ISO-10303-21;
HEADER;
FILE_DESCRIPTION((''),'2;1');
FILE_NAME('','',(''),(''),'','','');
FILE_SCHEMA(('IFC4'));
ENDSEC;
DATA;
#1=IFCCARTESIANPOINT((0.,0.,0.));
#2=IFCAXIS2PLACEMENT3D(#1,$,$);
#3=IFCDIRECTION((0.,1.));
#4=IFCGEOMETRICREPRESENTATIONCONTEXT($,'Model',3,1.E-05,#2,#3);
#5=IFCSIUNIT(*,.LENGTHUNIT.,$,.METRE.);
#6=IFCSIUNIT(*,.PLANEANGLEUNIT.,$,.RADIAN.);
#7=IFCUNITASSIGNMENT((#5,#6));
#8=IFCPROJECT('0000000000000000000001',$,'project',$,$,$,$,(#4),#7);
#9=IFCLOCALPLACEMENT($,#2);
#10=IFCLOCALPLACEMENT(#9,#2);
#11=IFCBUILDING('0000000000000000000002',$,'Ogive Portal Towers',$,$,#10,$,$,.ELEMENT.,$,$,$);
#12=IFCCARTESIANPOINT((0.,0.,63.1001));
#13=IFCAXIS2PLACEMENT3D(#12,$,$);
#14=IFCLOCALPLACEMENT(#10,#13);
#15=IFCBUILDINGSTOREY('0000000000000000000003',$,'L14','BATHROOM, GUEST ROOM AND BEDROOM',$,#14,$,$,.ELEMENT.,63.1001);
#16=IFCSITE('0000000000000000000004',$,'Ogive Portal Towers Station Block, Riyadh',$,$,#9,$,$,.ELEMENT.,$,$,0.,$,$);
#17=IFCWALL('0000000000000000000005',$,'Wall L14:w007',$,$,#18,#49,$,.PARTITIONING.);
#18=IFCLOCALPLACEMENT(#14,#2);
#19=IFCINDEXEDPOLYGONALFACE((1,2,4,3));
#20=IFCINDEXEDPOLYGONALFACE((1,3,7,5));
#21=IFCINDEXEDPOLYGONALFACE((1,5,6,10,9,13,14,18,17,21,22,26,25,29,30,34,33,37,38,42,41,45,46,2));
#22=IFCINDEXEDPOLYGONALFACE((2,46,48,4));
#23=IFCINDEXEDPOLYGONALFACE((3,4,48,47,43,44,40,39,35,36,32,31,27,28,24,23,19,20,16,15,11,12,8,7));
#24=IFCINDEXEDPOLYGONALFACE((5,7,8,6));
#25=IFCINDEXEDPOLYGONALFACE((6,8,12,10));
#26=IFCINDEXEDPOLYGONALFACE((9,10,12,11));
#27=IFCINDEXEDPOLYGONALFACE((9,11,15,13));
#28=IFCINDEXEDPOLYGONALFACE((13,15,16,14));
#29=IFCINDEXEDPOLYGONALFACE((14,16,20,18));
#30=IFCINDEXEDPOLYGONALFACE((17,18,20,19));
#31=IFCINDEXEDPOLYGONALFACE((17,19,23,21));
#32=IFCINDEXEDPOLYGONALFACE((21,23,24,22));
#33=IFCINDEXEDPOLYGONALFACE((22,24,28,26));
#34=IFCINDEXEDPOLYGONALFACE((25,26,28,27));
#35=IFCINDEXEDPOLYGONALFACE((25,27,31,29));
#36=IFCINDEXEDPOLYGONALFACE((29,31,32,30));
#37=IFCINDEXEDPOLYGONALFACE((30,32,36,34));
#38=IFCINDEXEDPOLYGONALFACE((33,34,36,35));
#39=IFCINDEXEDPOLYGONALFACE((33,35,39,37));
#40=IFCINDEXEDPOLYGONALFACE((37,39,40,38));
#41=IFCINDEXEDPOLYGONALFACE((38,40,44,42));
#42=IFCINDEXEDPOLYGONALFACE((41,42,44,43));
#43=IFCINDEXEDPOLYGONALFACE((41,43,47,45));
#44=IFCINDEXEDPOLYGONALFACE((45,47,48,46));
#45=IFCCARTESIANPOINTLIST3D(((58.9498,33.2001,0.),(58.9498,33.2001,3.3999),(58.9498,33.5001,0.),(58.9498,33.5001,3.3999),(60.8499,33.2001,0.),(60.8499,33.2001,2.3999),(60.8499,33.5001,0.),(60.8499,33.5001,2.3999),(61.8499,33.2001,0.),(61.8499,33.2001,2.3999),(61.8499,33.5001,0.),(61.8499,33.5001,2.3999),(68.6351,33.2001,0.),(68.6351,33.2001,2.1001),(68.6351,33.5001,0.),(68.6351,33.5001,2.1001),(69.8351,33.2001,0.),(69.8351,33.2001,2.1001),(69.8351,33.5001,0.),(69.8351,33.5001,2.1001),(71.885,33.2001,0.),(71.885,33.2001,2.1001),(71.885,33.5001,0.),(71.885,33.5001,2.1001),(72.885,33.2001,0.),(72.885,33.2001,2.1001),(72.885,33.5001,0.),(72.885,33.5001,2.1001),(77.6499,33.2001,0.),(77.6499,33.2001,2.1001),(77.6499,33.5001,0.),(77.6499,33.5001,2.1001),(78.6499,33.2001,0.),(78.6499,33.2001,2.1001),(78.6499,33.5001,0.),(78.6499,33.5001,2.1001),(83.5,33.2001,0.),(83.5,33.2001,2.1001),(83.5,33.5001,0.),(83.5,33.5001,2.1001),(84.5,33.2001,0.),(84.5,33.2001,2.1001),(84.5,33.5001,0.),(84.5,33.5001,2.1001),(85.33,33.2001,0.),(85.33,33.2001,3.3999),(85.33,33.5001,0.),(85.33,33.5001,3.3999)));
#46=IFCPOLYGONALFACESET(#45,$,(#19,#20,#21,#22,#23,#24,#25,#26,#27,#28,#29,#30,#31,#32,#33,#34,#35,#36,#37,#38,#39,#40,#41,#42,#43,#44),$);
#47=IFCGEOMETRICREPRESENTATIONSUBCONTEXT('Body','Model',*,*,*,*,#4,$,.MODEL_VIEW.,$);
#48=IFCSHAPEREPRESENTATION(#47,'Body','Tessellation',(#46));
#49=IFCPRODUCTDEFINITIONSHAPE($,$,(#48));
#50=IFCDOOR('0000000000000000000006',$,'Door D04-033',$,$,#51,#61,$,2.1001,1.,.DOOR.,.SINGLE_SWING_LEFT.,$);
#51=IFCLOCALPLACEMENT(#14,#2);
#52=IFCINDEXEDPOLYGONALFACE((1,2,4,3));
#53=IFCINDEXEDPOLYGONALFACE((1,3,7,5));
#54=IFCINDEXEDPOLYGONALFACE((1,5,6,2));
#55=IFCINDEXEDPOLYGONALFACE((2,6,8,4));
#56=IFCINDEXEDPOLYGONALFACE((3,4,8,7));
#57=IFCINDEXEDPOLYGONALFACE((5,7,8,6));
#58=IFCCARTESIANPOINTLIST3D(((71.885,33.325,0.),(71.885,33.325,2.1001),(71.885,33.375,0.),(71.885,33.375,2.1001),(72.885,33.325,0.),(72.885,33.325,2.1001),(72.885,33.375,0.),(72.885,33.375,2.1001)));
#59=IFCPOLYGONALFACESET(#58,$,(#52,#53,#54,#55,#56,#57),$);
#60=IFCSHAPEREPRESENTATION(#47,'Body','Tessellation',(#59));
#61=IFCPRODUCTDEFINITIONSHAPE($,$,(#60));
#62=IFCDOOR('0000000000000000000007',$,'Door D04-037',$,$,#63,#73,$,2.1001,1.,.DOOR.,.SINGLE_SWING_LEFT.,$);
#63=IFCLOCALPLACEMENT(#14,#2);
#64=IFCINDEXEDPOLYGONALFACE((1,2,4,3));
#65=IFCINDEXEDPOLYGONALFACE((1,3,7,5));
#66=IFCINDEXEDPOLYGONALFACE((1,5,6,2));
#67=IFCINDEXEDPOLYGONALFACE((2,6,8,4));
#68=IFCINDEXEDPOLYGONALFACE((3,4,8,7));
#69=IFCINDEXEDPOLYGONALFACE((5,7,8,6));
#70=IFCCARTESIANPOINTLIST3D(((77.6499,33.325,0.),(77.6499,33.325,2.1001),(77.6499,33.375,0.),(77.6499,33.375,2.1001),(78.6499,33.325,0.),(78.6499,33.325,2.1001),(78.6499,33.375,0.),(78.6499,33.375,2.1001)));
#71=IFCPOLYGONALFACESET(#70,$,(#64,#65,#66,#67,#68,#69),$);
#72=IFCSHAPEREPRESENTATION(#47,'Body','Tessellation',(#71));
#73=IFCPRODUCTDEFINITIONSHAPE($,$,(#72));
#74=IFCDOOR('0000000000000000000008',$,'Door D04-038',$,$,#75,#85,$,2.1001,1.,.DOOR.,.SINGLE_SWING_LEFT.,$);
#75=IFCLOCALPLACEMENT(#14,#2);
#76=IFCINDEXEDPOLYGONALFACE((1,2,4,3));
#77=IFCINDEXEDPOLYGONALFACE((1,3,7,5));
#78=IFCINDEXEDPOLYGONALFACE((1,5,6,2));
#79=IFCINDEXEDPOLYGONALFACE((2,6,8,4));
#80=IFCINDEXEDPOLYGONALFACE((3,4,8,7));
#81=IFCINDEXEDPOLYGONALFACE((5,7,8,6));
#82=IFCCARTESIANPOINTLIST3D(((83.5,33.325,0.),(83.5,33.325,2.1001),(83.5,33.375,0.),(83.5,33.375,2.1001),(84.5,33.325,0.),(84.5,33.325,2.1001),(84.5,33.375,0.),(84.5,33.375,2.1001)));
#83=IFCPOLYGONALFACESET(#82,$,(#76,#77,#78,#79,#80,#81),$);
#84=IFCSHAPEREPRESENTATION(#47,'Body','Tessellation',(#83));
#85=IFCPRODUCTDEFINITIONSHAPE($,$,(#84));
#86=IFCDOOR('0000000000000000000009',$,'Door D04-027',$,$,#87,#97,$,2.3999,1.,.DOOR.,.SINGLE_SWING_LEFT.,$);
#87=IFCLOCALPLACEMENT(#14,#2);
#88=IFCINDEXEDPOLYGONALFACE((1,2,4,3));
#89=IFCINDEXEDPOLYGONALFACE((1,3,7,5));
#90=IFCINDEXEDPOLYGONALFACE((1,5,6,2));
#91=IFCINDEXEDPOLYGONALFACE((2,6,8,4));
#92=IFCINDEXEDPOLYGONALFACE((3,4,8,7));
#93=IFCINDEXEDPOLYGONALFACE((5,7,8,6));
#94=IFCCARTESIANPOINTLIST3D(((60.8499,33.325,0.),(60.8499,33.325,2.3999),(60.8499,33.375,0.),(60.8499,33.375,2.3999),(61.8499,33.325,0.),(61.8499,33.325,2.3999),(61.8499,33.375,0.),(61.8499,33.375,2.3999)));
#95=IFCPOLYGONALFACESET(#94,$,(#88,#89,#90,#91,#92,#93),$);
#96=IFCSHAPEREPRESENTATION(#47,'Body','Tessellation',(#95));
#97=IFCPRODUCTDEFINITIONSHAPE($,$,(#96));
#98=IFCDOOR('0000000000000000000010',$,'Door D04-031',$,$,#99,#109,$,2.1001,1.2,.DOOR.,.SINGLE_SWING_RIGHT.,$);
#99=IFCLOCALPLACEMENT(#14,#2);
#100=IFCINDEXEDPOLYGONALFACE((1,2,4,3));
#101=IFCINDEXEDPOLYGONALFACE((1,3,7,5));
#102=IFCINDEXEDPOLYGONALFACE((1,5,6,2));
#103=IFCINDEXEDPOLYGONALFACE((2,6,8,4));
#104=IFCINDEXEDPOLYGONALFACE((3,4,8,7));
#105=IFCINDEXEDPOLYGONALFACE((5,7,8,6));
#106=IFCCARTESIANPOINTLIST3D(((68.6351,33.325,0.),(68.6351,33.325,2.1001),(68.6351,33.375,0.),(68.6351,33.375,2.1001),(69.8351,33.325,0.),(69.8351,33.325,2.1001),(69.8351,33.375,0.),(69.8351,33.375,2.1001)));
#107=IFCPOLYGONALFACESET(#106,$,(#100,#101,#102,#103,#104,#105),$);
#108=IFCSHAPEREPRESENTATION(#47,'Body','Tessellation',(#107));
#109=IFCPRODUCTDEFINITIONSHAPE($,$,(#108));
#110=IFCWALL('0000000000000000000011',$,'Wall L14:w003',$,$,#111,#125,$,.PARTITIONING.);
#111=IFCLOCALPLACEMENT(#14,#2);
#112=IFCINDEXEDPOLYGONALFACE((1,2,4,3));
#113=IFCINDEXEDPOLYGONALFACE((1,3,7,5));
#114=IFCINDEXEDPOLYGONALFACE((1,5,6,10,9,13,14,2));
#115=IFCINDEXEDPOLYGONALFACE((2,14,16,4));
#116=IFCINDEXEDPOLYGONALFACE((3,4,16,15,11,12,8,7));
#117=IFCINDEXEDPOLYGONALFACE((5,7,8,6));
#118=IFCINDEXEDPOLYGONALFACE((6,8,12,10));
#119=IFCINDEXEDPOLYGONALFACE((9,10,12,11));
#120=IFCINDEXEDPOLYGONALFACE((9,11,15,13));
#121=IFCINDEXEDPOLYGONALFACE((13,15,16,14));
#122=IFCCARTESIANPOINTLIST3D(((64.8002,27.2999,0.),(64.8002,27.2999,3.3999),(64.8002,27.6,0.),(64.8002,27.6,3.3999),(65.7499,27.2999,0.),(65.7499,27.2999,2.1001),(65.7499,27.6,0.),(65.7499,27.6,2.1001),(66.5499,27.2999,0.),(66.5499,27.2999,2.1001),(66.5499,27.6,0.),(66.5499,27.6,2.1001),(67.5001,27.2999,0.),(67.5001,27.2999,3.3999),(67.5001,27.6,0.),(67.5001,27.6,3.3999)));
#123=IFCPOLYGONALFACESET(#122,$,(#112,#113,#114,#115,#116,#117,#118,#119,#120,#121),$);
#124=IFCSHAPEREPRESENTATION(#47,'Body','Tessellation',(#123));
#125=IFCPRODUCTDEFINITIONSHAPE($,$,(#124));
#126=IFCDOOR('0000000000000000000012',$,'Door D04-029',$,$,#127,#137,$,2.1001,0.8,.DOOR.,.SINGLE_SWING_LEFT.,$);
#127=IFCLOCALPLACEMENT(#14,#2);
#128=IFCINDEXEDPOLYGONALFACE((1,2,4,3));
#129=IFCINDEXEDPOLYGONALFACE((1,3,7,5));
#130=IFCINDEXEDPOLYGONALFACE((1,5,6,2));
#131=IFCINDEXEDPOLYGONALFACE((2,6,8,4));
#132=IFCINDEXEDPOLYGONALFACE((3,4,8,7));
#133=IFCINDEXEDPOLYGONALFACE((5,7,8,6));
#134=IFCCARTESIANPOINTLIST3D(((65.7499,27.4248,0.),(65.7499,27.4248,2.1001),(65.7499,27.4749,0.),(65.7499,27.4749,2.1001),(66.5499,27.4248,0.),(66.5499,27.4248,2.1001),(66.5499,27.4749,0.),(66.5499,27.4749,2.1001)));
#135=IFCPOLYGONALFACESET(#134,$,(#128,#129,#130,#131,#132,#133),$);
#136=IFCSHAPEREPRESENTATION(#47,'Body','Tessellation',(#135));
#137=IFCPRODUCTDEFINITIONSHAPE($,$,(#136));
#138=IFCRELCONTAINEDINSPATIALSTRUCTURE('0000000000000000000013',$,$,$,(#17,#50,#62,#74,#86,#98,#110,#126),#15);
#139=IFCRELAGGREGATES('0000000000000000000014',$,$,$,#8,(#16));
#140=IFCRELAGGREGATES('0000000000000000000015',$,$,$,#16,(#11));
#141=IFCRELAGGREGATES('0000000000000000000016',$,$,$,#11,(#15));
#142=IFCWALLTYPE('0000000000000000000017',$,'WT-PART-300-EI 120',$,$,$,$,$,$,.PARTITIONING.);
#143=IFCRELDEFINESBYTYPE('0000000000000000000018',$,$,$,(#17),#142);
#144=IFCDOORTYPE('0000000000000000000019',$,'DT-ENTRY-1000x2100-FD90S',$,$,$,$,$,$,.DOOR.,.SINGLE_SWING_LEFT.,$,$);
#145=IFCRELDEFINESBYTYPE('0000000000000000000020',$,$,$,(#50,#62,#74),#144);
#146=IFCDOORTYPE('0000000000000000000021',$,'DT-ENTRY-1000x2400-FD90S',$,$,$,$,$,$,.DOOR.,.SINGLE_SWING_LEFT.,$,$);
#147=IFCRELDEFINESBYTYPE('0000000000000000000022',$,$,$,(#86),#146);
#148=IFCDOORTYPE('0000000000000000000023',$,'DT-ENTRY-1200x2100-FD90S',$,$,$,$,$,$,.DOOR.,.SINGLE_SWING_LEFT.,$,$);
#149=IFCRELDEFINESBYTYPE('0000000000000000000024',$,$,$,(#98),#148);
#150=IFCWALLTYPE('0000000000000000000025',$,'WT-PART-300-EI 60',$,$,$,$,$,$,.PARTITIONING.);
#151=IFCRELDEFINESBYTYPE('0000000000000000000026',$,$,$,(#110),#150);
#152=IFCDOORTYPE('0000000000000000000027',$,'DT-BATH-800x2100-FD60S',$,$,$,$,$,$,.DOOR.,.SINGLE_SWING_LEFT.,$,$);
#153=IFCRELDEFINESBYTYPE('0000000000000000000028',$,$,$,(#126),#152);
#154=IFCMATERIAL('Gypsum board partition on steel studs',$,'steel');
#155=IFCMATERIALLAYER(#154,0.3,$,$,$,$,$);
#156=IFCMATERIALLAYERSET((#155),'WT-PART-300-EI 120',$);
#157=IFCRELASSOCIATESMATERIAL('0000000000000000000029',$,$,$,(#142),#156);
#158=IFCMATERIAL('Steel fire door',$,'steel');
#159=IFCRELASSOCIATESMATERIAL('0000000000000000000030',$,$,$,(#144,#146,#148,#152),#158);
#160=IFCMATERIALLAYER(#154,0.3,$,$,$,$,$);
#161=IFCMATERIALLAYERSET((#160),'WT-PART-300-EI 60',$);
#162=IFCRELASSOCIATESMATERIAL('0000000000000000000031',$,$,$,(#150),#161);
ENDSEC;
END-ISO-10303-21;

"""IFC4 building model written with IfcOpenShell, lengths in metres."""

from ifc_helpers import new_model, si_unit, direction, frame, frame_2d, origin, place, context, subcontext, project, spatial, rectangle, extrude, material, layer, layer_set, type_object, element, fill, save


model = new_model("IFC4")

# Units and contexts
model_context = context("Model", 3, precision=1e-05, world=origin(), true_north=direction((0.0, 1.0)))
body_context = subcontext(model_context, "Body", "Model", "MODEL_VIEW")
ifc_project = project(units=[si_unit("LENGTHUNIT", "METRE"), si_unit("PLANEANGLEUNIT", "RADIAN")], contexts=[model_context])

# Site, building, storey
site_placement = place(None, origin())
site = spatial("IfcSite", under=ifc_project, at=site_placement, Name="Ogive Portal Towers Station Block, Riyadh", CompositionType="ELEMENT", RefElevation=0.0)
building_placement = place(site_placement, origin())
building = spatial("IfcBuilding", under=site, at=building_placement, Name="Ogive Portal Towers", CompositionType="ELEMENT")
storey_placement = place(building_placement, frame((0.0, 0.0, 63.1001)))
storey = spatial("IfcBuildingStorey", under=building, at=storey_placement, Name="L14", Description="BATHROOM, GUEST ROOM AND BEDROOM", CompositionType="ELEMENT", Elevation=63.1001)

# Wall, openings, doors
ifc_material_1 = material(Name="Gypsum board partition on steel studs", Category="steel")
ifc_layer_1 = layer(ifc_material_1, 0.3)
ifc_layer_set_1 = layer_set([ifc_layer_1], Name="WT-PART-300-EI 120")
wall_type_1 = type_object("IfcWallType", Name="WT-PART-300-EI 120", PredefinedType="PARTITIONING", material=ifc_layer_set_1)
ifc_material_2 = material(Name="Steel fire door", Category="steel")
door_type_1 = type_object("IfcDoorType", Name="DT-ENTRY-1000x2100-FD90S", OperationType="SINGLE_SWING_LEFT", PredefinedType="DOOR", material=ifc_material_2)
door_type_2 = type_object("IfcDoorType", Name="DT-ENTRY-1000x2400-FD90S", OperationType="SINGLE_SWING_LEFT", PredefinedType="DOOR", material=ifc_material_2)
door_type_3 = type_object("IfcDoorType", Name="DT-ENTRY-1200x2100-FD90S", OperationType="SINGLE_SWING_LEFT", PredefinedType="DOOR", material=ifc_material_2)
wall_1_placement = place(storey_placement, frame((58.95, 33.3501, 0.0), z_axis=(0.0, 0.0, 1.0), x_axis=(1.0, 0.0, 0.0)))
wall_1 = element("IfcWall", 1, at=wall_1_placement, inside=storey, type_object=wall_type_1, Name="Wall L14:w007", PredefinedType="PARTITIONING", context=body_context, shape_type="SweptSolid", body=[
    extrude(rectangle(XDim=26.3801, YDim=0.3, at=frame_2d((13.1899, 0.0))), origin(), (0.0, 0.0, 1.0), 3.3999),
])
opening_1_placement = place(wall_1_placement, frame((1.8999, 0.0, 0.0)))
opening_1 = element("IfcOpeningElement", 2, at=opening_1_placement, cuts=wall_1, PredefinedType="OPENING", context=body_context, shape_type="SweptSolid", body=[
    extrude(rectangle(XDim=1.0, YDim=2.3999, at=frame_2d((0.5, 1.2))), frame((0.0, 0.1602, 0.0), z_axis=(0.0, -1.0, 0.0), x_axis=(1.0, 0.0, 0.0)), (0.0, 0.0, 1.0), 0.3201),
])
opening_2_placement = place(wall_1_placement, frame((9.6851, 0.0, 0.0)))
opening_2 = element("IfcOpeningElement", 3, at=opening_2_placement, cuts=wall_1, PredefinedType="OPENING", context=body_context, shape_type="SweptSolid", body=[
    extrude(rectangle(XDim=1.2, YDim=2.1001, at=frame_2d((0.6001, 1.05))), frame((0.0, 0.1602, 0.0), z_axis=(0.0, -1.0, 0.0), x_axis=(1.0, 0.0, 0.0)), (0.0, 0.0, 1.0), 0.3201),
])
opening_3_placement = place(wall_1_placement, frame((12.9351, 0.0, 0.0)))
opening_3 = element("IfcOpeningElement", 4, at=opening_3_placement, cuts=wall_1, PredefinedType="OPENING", context=body_context, shape_type="SweptSolid", body=[
    extrude(rectangle(XDim=1.0, YDim=2.1001, at=frame_2d((0.5, 1.05))), frame((0.0, 0.1602, 0.0), z_axis=(0.0, -1.0, 0.0), x_axis=(1.0, 0.0, 0.0)), (0.0, 0.0, 1.0), 0.3201),
])
opening_4_placement = place(wall_1_placement, frame((18.7, 0.0, 0.0)))
opening_4 = element("IfcOpeningElement", 5, at=opening_4_placement, cuts=wall_1, PredefinedType="OPENING", context=body_context, shape_type="SweptSolid", body=[
    extrude(rectangle(XDim=1.0, YDim=2.1001, at=frame_2d((0.5, 1.05))), frame((0.0, 0.1602, 0.0), z_axis=(0.0, -1.0, 0.0), x_axis=(1.0, 0.0, 0.0)), (0.0, 0.0, 1.0), 0.3201),
])
opening_5_placement = place(wall_1_placement, frame((24.55, 0.0, 0.0)))
opening_5 = element("IfcOpeningElement", 6, at=opening_5_placement, cuts=wall_1, PredefinedType="OPENING", context=body_context, shape_type="SweptSolid", body=[
    extrude(rectangle(XDim=1.0, YDim=2.1001, at=frame_2d((0.5, 1.05))), frame((0.0, 0.1602, 0.0), z_axis=(0.0, -1.0, 0.0), x_axis=(1.0, 0.0, 0.0)), (0.0, 0.0, 1.0), 0.3201),
])
door_1_placement = place(opening_3_placement, origin())
door_1 = element("IfcDoor", 7, at=door_1_placement, inside=storey, type_object=door_type_1, Name="Door D04-033", OperationType="SINGLE_SWING_LEFT", OverallHeight=2.1001, OverallWidth=1.0, PredefinedType="DOOR", context=body_context, shape_type="SweptSolid", body=[
    extrude(rectangle(XDim=1.0, YDim=2.1001, at=frame_2d((0.5, 1.05))), frame((0.0, 0.0249, 0.0), z_axis=(0.0, -1.0, 0.0), x_axis=(1.0, 0.0, 0.0)), (0.0, 0.0, 1.0), 0.05),
])
fill(opening_3, door_1)
door_2_placement = place(opening_4_placement, origin())
door_2 = element("IfcDoor", 8, at=door_2_placement, inside=storey, type_object=door_type_1, Name="Door D04-037", OperationType="SINGLE_SWING_LEFT", OverallHeight=2.1001, OverallWidth=1.0, PredefinedType="DOOR", context=body_context, shape_type="SweptSolid", body=[
    extrude(rectangle(XDim=1.0, YDim=2.1001, at=frame_2d((0.5, 1.05))), frame((0.0, 0.0249, 0.0), z_axis=(0.0, -1.0, 0.0), x_axis=(1.0, 0.0, 0.0)), (0.0, 0.0, 1.0), 0.05),
])
fill(opening_4, door_2)
door_3_placement = place(opening_5_placement, origin())
door_3 = element("IfcDoor", 9, at=door_3_placement, inside=storey, type_object=door_type_1, Name="Door D04-038", OperationType="SINGLE_SWING_LEFT", OverallHeight=2.1001, OverallWidth=1.0, PredefinedType="DOOR", context=body_context, shape_type="SweptSolid", body=[
    extrude(rectangle(XDim=1.0, YDim=2.1001, at=frame_2d((0.5, 1.05))), frame((0.0, 0.0249, 0.0), z_axis=(0.0, -1.0, 0.0), x_axis=(1.0, 0.0, 0.0)), (0.0, 0.0, 1.0), 0.05),
])
fill(opening_5, door_3)
door_4_placement = place(opening_1_placement, origin())
door_4 = element("IfcDoor", 10, at=door_4_placement, inside=storey, type_object=door_type_2, Name="Door D04-027", OperationType="SINGLE_SWING_LEFT", OverallHeight=2.3999, OverallWidth=1.0, PredefinedType="DOOR", context=body_context, shape_type="SweptSolid", body=[
    extrude(rectangle(XDim=1.0, YDim=2.3999, at=frame_2d((0.5, 1.2))), frame((0.0, 0.0249, 0.0), z_axis=(0.0, -1.0, 0.0), x_axis=(1.0, 0.0, 0.0)), (0.0, 0.0, 1.0), 0.05),
])
fill(opening_1, door_4)
door_5_placement = place(opening_2_placement, origin())
door_5 = element("IfcDoor", 11, at=door_5_placement, inside=storey, type_object=door_type_3, Name="Door D04-031", OperationType="SINGLE_SWING_RIGHT", OverallHeight=2.1001, OverallWidth=1.2, PredefinedType="DOOR", context=body_context, shape_type="SweptSolid", body=[
    extrude(rectangle(XDim=1.2, YDim=2.1001, at=frame_2d((0.6001, 1.05))), frame((0.0, 0.0249, 0.0), z_axis=(0.0, -1.0, 0.0), x_axis=(1.0, 0.0, 0.0)), (0.0, 0.0, 1.0), 0.05),
])
fill(opening_2, door_5)

# Wall, opening, door
ifc_layer_2 = layer(ifc_material_1, 0.3)
ifc_layer_set_2 = layer_set([ifc_layer_2], Name="WT-PART-300-EI 60")
wall_type_2 = type_object("IfcWallType", Name="WT-PART-300-EI 60", PredefinedType="PARTITIONING", material=ifc_layer_set_2)
wall_2_placement = place(storey_placement, frame((64.8, 27.45, 0.0), z_axis=(0.0, 0.0, 1.0), x_axis=(1.0, 0.0, 0.0)))
wall_2 = element("IfcWall", 12, at=wall_2_placement, inside=storey, type_object=wall_type_2, Name="Wall L14:w003", PredefinedType="PARTITIONING", context=body_context, shape_type="SweptSolid", body=[
    extrude(rectangle(XDim=2.7, YDim=0.3, at=frame_2d((1.3501, 0.0))), origin(), (0.0, 0.0, 1.0), 3.3999),
])
opening_6_placement = place(wall_2_placement, frame((0.95, 0.0, 0.0)))
opening_6 = element("IfcOpeningElement", 13, at=opening_6_placement, cuts=wall_2, PredefinedType="OPENING", context=body_context, shape_type="SweptSolid", body=[
    extrude(rectangle(XDim=0.8, YDim=2.1001, at=frame_2d((0.3999, 1.05))), frame((0.0, 0.1602, 0.0), z_axis=(0.0, -1.0, 0.0), x_axis=(1.0, 0.0, 0.0)), (0.0, 0.0, 1.0), 0.3201),
])
door_type_4 = type_object("IfcDoorType", Name="DT-BATH-800x2100-FD60S", OperationType="SINGLE_SWING_LEFT", PredefinedType="DOOR", material=ifc_material_2)
door_6_placement = place(opening_6_placement, origin())
door_6 = element("IfcDoor", 14, at=door_6_placement, inside=storey, type_object=door_type_4, Name="Door D04-029", OperationType="SINGLE_SWING_LEFT", OverallHeight=2.1001, OverallWidth=0.8, PredefinedType="DOOR", context=body_context, shape_type="SweptSolid", body=[
    extrude(rectangle(XDim=0.8, YDim=2.1001, at=frame_2d((0.3999, 1.05))), frame((0.0, 0.0249, 0.0), z_axis=(0.0, -1.0, 0.0), x_axis=(1.0, 0.0, 0.0)), (0.0, 0.0, 1.0), 0.05),
])
fill(opening_6, door_6)

save(model, "model.ifc")
